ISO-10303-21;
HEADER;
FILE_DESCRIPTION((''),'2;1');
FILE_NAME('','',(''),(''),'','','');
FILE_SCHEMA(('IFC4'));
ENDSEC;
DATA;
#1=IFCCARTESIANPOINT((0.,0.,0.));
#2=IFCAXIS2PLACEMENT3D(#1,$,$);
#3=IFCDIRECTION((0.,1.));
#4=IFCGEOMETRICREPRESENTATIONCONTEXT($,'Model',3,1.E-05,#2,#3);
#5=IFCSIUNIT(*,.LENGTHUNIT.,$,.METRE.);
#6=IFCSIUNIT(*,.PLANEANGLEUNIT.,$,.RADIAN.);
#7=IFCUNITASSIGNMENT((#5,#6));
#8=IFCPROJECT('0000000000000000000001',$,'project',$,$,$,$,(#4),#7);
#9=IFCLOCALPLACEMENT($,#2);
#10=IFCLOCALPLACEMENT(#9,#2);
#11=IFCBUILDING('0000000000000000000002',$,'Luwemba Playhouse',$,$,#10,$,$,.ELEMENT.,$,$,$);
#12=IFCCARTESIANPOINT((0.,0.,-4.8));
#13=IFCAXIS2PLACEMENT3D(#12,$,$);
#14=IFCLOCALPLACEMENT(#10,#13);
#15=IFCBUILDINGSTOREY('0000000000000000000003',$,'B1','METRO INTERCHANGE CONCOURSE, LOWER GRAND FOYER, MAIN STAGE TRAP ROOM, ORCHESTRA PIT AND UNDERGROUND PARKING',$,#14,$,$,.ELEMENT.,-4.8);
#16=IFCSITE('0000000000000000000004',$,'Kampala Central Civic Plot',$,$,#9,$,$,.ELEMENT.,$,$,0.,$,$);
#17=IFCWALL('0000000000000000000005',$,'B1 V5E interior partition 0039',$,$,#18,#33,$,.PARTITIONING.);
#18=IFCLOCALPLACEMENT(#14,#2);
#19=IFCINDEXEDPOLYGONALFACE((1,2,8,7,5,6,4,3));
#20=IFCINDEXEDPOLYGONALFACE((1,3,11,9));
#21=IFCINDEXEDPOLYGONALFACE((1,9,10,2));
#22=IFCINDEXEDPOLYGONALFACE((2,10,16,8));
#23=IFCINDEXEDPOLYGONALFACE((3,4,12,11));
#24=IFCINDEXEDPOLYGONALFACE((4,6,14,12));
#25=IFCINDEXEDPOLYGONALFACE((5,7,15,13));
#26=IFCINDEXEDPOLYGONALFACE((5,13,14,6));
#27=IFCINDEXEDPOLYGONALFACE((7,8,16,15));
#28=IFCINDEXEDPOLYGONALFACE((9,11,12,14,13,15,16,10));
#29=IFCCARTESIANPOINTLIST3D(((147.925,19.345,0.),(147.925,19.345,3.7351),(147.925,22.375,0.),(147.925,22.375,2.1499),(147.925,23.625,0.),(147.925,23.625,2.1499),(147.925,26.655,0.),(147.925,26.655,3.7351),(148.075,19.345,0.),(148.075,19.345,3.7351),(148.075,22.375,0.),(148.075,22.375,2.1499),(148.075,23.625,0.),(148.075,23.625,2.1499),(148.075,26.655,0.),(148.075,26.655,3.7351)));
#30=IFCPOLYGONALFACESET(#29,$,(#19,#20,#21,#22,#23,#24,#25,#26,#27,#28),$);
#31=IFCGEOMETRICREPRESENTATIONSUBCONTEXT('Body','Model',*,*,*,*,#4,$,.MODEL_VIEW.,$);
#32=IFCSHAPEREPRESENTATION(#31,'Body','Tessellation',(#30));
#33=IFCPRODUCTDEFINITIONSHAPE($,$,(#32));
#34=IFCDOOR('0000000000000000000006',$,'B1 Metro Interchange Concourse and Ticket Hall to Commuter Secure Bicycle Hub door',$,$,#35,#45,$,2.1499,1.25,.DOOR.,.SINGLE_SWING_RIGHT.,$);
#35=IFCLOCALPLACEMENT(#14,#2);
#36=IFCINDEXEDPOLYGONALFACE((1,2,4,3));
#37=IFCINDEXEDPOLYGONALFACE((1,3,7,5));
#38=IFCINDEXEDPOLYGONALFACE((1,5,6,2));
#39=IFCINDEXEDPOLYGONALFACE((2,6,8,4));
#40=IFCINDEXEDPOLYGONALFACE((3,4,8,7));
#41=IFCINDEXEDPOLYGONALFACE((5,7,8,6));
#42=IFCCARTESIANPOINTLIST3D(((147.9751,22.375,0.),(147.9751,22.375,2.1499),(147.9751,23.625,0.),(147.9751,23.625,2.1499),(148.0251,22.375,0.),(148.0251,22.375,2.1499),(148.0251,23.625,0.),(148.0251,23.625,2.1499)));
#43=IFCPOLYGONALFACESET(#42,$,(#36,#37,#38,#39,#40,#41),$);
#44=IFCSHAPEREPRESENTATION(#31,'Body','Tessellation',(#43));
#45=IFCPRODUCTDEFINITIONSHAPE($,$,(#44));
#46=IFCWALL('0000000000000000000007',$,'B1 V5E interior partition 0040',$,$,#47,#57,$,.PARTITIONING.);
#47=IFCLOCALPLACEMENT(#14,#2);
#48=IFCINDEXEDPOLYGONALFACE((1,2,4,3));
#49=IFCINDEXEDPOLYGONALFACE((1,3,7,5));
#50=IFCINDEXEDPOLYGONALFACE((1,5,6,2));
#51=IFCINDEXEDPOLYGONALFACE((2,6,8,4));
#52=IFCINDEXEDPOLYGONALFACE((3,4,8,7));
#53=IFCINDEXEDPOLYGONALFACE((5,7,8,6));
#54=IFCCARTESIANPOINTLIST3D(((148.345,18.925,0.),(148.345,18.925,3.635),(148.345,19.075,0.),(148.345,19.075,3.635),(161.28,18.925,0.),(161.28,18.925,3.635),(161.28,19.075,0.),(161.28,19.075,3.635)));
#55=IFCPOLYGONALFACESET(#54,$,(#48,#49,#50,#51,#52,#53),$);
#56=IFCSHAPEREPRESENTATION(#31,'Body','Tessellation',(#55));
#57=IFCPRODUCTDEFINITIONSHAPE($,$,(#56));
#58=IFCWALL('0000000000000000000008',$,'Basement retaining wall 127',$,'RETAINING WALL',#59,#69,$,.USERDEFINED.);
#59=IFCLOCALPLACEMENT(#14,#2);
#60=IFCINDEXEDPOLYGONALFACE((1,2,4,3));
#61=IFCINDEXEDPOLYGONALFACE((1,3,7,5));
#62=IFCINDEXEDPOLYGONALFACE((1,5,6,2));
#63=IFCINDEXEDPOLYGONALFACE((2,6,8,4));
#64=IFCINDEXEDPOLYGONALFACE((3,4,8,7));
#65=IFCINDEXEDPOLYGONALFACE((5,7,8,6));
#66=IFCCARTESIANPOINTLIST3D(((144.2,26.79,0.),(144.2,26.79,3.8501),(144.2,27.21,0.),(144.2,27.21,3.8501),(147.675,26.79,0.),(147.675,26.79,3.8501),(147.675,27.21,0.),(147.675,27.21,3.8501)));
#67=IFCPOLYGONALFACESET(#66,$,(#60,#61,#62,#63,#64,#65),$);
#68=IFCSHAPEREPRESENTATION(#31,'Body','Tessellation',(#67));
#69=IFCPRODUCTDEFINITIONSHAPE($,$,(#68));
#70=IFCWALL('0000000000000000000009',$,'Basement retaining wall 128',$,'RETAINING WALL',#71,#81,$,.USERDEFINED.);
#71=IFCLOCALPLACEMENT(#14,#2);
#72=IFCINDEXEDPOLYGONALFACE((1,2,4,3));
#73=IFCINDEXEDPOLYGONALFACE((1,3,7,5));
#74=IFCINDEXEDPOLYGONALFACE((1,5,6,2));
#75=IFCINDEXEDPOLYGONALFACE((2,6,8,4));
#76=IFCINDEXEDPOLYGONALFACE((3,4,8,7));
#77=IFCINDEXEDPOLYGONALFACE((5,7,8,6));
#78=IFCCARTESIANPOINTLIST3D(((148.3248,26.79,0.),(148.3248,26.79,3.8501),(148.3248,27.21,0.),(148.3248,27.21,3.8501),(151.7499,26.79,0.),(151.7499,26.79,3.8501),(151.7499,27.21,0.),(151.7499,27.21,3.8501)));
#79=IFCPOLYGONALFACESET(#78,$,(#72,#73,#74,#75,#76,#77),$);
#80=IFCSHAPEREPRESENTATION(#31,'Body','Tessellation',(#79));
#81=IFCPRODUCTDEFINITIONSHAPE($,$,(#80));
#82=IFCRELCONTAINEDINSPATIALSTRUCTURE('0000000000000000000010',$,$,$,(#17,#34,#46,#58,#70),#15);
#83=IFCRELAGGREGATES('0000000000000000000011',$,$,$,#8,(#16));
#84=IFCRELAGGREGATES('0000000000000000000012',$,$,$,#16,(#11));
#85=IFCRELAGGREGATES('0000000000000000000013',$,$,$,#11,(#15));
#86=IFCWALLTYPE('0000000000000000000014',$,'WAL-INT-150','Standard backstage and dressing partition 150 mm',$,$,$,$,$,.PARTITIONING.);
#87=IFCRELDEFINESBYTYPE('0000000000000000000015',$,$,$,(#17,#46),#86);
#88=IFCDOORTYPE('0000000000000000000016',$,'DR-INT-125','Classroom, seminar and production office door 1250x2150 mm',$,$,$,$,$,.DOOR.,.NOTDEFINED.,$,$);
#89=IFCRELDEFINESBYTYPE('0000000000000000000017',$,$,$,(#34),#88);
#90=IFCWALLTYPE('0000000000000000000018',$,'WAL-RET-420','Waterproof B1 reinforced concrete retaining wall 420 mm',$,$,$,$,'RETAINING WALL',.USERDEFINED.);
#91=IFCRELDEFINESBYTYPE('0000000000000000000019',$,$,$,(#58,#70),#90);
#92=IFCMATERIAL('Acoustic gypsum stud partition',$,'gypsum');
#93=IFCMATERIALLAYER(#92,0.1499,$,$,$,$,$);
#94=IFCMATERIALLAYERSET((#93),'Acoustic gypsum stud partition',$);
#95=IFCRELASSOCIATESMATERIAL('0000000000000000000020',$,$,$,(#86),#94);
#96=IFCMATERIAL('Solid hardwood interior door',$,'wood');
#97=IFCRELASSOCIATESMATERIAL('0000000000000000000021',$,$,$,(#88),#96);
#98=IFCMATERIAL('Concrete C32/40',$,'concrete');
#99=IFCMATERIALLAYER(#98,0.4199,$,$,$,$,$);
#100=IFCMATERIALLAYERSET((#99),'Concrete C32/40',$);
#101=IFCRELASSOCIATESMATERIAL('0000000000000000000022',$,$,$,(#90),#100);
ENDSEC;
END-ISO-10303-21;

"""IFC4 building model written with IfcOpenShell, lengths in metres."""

from ifc_helpers import new_model, si_unit, direction, frame, frame_2d, origin, place, context, subcontext, project, spatial, rectangle, extrude, material, layer, layer_set, type_object, element, fill, save


model = new_model("IFC4")

# Units and contexts
model_context = context("Model", 3, precision=1e-05, world=origin(), true_north=direction((0.0, 1.0)))
body_context = subcontext(model_context, "Body", "Model", "MODEL_VIEW")
ifc_project = project(units=[si_unit("LENGTHUNIT", "METRE"), si_unit("PLANEANGLEUNIT", "RADIAN")], contexts=[model_context])

# Site, building, storey
site_placement = place(None, origin())
site = spatial("IfcSite", under=ifc_project, at=site_placement, Name="Kampala Central Civic Plot", CompositionType="ELEMENT", RefElevation=0.0)
building_placement = place(site_placement, origin())
building = spatial("IfcBuilding", under=site, at=building_placement, Name="Luwemba Playhouse", CompositionType="ELEMENT")
storey_placement = place(building_placement, frame((0.0, 0.0, -4.8)))
storey = spatial("IfcBuildingStorey", under=building, at=storey_placement, Name="B1", Description="METRO INTERCHANGE CONCOURSE, LOWER GRAND FOYER, MAIN STAGE TRAP ROOM, ORCHESTRA PIT AND UNDERGROUND PARKING", CompositionType="ELEMENT", Elevation=-4.8)

# Shared definitions
ifc_material_1 = material(Name="Concrete C32/40", Category="concrete")

# Wall, opening, door
ifc_material_2 = material(Name="Acoustic gypsum stud partition", Category="gypsum")
ifc_layer_1 = layer(ifc_material_2, 0.1499)
ifc_layer_set_1 = layer_set([ifc_layer_1], Name="Acoustic gypsum stud partition")
wall_type_1 = type_object("IfcWallType", Name="WAL-INT-150", Description="Standard backstage and dressing partition 150 mm", PredefinedType="PARTITIONING", material=ifc_layer_set_1)
wall_1_placement = place(storey_placement, frame((148.0, 19.345, 0.0), z_axis=(0.0, 0.0, 1.0), x_axis=(0.0, 1.0, 0.0)))
wall_1 = element("IfcWall", 1, at=wall_1_placement, inside=storey, type_object=wall_type_1, Name="B1 V5E interior partition 0039", PredefinedType="PARTITIONING", context=body_context, shape_type="SweptSolid", body=[
    extrude(rectangle(XDim=7.3101, YDim=0.1499, at=frame_2d((3.655, 0.0))), origin(), (0.0, 0.0, 1.0), 3.7351),
])
opening_placement = place(wall_1_placement, frame((3.03, 0.0, 0.0)))
opening = element("IfcOpeningElement", 2, at=opening_placement, cuts=wall_1, PredefinedType="OPENING", context=body_context, shape_type="SweptSolid", body=[
    extrude(rectangle(XDim=1.25, YDim=2.1499, at=frame_2d((0.625, 1.075))), frame((0.0, 0.085, 0.0), z_axis=(0.0, -1.0, 0.0), x_axis=(1.0, 0.0, 0.0)), (0.0, 0.0, 1.0), 0.1699),
])
ifc_material_3 = material(Name="Solid hardwood interior door", Category="wood")
door_type = type_object("IfcDoorType", Name="DR-INT-125", Description="Classroom, seminar and production office door 1250x2150 mm", OperationType="NOTDEFINED", PredefinedType="DOOR", material=ifc_material_3)
door_placement = place(opening_placement, origin())
door = element("IfcDoor", 3, at=door_placement, inside=storey, type_object=door_type, Name="B1 Metro Interchange Concourse and Ticket Hall to Commuter Secure Bicycle Hub door", OperationType="SINGLE_SWING_RIGHT", OverallHeight=2.1499, OverallWidth=1.25, PredefinedType="DOOR", context=body_context, shape_type="SweptSolid", body=[
    extrude(rectangle(XDim=1.25, YDim=2.1499, at=frame_2d((0.625, 1.075))), frame((0.0, 0.0249, 0.0), z_axis=(0.0, -1.0, 0.0), x_axis=(1.0, 0.0, 0.0)), (0.0, 0.0, 1.0), 0.05),
])
fill(opening, door)

# Walls
wall_2_placement = place(storey_placement, frame((148.345, 19.0, 0.0), z_axis=(0.0, 0.0, 1.0), x_axis=(1.0, 0.0, 0.0)))
element("IfcWall", 4, at=wall_2_placement, inside=storey, type_object=wall_type_1, Name="B1 V5E interior partition 0040", PredefinedType="PARTITIONING", context=body_context, shape_type="SweptSolid", body=[
    extrude(rectangle(XDim=12.9351, YDim=0.1499, at=frame_2d((6.4675, 0.0))), origin(), (0.0, 0.0, 1.0), 3.635),
])
ifc_layer_2 = layer(ifc_material_1, 0.4199)
ifc_layer_set_2 = layer_set([ifc_layer_2], Name="Concrete C32/40")
wall_type_2 = type_object("IfcWallType", Name="WAL-RET-420", Description="Waterproof B1 reinforced concrete retaining wall 420 mm", ElementType="RETAINING WALL", PredefinedType="USERDEFINED", material=ifc_layer_set_2)
wall_3_placement = place(storey_placement, frame((144.2, 27.0, 0.0), z_axis=(0.0, 0.0, 1.0), x_axis=(1.0, 0.0, 0.0)))
element("IfcWall", 5, at=wall_3_placement, inside=storey, type_object=wall_type_2, Name="Basement retaining wall 127", ObjectType="RETAINING WALL", PredefinedType="USERDEFINED", context=body_context, shape_type="SweptSolid", body=[
    extrude(rectangle(XDim=3.4751, YDim=0.4199, at=frame_2d((1.7375, 0.0))), origin(), (0.0, 0.0, 1.0), 3.8501),
])
wall_4_placement = place(storey_placement, frame((148.325, 27.0, 0.0), z_axis=(0.0, 0.0, 1.0), x_axis=(1.0, 0.0, 0.0)))
element("IfcWall", 6, at=wall_4_placement, inside=storey, type_object=wall_type_2, Name="Basement retaining wall 128", ObjectType="RETAINING WALL", PredefinedType="USERDEFINED", context=body_context, shape_type="SweptSolid", body=[
    extrude(rectangle(XDim=3.425, YDim=0.4199, at=frame_2d((1.7124, 0.0))), origin(), (0.0, 0.0, 1.0), 3.8501),
])

save(model, "model.ifc")
